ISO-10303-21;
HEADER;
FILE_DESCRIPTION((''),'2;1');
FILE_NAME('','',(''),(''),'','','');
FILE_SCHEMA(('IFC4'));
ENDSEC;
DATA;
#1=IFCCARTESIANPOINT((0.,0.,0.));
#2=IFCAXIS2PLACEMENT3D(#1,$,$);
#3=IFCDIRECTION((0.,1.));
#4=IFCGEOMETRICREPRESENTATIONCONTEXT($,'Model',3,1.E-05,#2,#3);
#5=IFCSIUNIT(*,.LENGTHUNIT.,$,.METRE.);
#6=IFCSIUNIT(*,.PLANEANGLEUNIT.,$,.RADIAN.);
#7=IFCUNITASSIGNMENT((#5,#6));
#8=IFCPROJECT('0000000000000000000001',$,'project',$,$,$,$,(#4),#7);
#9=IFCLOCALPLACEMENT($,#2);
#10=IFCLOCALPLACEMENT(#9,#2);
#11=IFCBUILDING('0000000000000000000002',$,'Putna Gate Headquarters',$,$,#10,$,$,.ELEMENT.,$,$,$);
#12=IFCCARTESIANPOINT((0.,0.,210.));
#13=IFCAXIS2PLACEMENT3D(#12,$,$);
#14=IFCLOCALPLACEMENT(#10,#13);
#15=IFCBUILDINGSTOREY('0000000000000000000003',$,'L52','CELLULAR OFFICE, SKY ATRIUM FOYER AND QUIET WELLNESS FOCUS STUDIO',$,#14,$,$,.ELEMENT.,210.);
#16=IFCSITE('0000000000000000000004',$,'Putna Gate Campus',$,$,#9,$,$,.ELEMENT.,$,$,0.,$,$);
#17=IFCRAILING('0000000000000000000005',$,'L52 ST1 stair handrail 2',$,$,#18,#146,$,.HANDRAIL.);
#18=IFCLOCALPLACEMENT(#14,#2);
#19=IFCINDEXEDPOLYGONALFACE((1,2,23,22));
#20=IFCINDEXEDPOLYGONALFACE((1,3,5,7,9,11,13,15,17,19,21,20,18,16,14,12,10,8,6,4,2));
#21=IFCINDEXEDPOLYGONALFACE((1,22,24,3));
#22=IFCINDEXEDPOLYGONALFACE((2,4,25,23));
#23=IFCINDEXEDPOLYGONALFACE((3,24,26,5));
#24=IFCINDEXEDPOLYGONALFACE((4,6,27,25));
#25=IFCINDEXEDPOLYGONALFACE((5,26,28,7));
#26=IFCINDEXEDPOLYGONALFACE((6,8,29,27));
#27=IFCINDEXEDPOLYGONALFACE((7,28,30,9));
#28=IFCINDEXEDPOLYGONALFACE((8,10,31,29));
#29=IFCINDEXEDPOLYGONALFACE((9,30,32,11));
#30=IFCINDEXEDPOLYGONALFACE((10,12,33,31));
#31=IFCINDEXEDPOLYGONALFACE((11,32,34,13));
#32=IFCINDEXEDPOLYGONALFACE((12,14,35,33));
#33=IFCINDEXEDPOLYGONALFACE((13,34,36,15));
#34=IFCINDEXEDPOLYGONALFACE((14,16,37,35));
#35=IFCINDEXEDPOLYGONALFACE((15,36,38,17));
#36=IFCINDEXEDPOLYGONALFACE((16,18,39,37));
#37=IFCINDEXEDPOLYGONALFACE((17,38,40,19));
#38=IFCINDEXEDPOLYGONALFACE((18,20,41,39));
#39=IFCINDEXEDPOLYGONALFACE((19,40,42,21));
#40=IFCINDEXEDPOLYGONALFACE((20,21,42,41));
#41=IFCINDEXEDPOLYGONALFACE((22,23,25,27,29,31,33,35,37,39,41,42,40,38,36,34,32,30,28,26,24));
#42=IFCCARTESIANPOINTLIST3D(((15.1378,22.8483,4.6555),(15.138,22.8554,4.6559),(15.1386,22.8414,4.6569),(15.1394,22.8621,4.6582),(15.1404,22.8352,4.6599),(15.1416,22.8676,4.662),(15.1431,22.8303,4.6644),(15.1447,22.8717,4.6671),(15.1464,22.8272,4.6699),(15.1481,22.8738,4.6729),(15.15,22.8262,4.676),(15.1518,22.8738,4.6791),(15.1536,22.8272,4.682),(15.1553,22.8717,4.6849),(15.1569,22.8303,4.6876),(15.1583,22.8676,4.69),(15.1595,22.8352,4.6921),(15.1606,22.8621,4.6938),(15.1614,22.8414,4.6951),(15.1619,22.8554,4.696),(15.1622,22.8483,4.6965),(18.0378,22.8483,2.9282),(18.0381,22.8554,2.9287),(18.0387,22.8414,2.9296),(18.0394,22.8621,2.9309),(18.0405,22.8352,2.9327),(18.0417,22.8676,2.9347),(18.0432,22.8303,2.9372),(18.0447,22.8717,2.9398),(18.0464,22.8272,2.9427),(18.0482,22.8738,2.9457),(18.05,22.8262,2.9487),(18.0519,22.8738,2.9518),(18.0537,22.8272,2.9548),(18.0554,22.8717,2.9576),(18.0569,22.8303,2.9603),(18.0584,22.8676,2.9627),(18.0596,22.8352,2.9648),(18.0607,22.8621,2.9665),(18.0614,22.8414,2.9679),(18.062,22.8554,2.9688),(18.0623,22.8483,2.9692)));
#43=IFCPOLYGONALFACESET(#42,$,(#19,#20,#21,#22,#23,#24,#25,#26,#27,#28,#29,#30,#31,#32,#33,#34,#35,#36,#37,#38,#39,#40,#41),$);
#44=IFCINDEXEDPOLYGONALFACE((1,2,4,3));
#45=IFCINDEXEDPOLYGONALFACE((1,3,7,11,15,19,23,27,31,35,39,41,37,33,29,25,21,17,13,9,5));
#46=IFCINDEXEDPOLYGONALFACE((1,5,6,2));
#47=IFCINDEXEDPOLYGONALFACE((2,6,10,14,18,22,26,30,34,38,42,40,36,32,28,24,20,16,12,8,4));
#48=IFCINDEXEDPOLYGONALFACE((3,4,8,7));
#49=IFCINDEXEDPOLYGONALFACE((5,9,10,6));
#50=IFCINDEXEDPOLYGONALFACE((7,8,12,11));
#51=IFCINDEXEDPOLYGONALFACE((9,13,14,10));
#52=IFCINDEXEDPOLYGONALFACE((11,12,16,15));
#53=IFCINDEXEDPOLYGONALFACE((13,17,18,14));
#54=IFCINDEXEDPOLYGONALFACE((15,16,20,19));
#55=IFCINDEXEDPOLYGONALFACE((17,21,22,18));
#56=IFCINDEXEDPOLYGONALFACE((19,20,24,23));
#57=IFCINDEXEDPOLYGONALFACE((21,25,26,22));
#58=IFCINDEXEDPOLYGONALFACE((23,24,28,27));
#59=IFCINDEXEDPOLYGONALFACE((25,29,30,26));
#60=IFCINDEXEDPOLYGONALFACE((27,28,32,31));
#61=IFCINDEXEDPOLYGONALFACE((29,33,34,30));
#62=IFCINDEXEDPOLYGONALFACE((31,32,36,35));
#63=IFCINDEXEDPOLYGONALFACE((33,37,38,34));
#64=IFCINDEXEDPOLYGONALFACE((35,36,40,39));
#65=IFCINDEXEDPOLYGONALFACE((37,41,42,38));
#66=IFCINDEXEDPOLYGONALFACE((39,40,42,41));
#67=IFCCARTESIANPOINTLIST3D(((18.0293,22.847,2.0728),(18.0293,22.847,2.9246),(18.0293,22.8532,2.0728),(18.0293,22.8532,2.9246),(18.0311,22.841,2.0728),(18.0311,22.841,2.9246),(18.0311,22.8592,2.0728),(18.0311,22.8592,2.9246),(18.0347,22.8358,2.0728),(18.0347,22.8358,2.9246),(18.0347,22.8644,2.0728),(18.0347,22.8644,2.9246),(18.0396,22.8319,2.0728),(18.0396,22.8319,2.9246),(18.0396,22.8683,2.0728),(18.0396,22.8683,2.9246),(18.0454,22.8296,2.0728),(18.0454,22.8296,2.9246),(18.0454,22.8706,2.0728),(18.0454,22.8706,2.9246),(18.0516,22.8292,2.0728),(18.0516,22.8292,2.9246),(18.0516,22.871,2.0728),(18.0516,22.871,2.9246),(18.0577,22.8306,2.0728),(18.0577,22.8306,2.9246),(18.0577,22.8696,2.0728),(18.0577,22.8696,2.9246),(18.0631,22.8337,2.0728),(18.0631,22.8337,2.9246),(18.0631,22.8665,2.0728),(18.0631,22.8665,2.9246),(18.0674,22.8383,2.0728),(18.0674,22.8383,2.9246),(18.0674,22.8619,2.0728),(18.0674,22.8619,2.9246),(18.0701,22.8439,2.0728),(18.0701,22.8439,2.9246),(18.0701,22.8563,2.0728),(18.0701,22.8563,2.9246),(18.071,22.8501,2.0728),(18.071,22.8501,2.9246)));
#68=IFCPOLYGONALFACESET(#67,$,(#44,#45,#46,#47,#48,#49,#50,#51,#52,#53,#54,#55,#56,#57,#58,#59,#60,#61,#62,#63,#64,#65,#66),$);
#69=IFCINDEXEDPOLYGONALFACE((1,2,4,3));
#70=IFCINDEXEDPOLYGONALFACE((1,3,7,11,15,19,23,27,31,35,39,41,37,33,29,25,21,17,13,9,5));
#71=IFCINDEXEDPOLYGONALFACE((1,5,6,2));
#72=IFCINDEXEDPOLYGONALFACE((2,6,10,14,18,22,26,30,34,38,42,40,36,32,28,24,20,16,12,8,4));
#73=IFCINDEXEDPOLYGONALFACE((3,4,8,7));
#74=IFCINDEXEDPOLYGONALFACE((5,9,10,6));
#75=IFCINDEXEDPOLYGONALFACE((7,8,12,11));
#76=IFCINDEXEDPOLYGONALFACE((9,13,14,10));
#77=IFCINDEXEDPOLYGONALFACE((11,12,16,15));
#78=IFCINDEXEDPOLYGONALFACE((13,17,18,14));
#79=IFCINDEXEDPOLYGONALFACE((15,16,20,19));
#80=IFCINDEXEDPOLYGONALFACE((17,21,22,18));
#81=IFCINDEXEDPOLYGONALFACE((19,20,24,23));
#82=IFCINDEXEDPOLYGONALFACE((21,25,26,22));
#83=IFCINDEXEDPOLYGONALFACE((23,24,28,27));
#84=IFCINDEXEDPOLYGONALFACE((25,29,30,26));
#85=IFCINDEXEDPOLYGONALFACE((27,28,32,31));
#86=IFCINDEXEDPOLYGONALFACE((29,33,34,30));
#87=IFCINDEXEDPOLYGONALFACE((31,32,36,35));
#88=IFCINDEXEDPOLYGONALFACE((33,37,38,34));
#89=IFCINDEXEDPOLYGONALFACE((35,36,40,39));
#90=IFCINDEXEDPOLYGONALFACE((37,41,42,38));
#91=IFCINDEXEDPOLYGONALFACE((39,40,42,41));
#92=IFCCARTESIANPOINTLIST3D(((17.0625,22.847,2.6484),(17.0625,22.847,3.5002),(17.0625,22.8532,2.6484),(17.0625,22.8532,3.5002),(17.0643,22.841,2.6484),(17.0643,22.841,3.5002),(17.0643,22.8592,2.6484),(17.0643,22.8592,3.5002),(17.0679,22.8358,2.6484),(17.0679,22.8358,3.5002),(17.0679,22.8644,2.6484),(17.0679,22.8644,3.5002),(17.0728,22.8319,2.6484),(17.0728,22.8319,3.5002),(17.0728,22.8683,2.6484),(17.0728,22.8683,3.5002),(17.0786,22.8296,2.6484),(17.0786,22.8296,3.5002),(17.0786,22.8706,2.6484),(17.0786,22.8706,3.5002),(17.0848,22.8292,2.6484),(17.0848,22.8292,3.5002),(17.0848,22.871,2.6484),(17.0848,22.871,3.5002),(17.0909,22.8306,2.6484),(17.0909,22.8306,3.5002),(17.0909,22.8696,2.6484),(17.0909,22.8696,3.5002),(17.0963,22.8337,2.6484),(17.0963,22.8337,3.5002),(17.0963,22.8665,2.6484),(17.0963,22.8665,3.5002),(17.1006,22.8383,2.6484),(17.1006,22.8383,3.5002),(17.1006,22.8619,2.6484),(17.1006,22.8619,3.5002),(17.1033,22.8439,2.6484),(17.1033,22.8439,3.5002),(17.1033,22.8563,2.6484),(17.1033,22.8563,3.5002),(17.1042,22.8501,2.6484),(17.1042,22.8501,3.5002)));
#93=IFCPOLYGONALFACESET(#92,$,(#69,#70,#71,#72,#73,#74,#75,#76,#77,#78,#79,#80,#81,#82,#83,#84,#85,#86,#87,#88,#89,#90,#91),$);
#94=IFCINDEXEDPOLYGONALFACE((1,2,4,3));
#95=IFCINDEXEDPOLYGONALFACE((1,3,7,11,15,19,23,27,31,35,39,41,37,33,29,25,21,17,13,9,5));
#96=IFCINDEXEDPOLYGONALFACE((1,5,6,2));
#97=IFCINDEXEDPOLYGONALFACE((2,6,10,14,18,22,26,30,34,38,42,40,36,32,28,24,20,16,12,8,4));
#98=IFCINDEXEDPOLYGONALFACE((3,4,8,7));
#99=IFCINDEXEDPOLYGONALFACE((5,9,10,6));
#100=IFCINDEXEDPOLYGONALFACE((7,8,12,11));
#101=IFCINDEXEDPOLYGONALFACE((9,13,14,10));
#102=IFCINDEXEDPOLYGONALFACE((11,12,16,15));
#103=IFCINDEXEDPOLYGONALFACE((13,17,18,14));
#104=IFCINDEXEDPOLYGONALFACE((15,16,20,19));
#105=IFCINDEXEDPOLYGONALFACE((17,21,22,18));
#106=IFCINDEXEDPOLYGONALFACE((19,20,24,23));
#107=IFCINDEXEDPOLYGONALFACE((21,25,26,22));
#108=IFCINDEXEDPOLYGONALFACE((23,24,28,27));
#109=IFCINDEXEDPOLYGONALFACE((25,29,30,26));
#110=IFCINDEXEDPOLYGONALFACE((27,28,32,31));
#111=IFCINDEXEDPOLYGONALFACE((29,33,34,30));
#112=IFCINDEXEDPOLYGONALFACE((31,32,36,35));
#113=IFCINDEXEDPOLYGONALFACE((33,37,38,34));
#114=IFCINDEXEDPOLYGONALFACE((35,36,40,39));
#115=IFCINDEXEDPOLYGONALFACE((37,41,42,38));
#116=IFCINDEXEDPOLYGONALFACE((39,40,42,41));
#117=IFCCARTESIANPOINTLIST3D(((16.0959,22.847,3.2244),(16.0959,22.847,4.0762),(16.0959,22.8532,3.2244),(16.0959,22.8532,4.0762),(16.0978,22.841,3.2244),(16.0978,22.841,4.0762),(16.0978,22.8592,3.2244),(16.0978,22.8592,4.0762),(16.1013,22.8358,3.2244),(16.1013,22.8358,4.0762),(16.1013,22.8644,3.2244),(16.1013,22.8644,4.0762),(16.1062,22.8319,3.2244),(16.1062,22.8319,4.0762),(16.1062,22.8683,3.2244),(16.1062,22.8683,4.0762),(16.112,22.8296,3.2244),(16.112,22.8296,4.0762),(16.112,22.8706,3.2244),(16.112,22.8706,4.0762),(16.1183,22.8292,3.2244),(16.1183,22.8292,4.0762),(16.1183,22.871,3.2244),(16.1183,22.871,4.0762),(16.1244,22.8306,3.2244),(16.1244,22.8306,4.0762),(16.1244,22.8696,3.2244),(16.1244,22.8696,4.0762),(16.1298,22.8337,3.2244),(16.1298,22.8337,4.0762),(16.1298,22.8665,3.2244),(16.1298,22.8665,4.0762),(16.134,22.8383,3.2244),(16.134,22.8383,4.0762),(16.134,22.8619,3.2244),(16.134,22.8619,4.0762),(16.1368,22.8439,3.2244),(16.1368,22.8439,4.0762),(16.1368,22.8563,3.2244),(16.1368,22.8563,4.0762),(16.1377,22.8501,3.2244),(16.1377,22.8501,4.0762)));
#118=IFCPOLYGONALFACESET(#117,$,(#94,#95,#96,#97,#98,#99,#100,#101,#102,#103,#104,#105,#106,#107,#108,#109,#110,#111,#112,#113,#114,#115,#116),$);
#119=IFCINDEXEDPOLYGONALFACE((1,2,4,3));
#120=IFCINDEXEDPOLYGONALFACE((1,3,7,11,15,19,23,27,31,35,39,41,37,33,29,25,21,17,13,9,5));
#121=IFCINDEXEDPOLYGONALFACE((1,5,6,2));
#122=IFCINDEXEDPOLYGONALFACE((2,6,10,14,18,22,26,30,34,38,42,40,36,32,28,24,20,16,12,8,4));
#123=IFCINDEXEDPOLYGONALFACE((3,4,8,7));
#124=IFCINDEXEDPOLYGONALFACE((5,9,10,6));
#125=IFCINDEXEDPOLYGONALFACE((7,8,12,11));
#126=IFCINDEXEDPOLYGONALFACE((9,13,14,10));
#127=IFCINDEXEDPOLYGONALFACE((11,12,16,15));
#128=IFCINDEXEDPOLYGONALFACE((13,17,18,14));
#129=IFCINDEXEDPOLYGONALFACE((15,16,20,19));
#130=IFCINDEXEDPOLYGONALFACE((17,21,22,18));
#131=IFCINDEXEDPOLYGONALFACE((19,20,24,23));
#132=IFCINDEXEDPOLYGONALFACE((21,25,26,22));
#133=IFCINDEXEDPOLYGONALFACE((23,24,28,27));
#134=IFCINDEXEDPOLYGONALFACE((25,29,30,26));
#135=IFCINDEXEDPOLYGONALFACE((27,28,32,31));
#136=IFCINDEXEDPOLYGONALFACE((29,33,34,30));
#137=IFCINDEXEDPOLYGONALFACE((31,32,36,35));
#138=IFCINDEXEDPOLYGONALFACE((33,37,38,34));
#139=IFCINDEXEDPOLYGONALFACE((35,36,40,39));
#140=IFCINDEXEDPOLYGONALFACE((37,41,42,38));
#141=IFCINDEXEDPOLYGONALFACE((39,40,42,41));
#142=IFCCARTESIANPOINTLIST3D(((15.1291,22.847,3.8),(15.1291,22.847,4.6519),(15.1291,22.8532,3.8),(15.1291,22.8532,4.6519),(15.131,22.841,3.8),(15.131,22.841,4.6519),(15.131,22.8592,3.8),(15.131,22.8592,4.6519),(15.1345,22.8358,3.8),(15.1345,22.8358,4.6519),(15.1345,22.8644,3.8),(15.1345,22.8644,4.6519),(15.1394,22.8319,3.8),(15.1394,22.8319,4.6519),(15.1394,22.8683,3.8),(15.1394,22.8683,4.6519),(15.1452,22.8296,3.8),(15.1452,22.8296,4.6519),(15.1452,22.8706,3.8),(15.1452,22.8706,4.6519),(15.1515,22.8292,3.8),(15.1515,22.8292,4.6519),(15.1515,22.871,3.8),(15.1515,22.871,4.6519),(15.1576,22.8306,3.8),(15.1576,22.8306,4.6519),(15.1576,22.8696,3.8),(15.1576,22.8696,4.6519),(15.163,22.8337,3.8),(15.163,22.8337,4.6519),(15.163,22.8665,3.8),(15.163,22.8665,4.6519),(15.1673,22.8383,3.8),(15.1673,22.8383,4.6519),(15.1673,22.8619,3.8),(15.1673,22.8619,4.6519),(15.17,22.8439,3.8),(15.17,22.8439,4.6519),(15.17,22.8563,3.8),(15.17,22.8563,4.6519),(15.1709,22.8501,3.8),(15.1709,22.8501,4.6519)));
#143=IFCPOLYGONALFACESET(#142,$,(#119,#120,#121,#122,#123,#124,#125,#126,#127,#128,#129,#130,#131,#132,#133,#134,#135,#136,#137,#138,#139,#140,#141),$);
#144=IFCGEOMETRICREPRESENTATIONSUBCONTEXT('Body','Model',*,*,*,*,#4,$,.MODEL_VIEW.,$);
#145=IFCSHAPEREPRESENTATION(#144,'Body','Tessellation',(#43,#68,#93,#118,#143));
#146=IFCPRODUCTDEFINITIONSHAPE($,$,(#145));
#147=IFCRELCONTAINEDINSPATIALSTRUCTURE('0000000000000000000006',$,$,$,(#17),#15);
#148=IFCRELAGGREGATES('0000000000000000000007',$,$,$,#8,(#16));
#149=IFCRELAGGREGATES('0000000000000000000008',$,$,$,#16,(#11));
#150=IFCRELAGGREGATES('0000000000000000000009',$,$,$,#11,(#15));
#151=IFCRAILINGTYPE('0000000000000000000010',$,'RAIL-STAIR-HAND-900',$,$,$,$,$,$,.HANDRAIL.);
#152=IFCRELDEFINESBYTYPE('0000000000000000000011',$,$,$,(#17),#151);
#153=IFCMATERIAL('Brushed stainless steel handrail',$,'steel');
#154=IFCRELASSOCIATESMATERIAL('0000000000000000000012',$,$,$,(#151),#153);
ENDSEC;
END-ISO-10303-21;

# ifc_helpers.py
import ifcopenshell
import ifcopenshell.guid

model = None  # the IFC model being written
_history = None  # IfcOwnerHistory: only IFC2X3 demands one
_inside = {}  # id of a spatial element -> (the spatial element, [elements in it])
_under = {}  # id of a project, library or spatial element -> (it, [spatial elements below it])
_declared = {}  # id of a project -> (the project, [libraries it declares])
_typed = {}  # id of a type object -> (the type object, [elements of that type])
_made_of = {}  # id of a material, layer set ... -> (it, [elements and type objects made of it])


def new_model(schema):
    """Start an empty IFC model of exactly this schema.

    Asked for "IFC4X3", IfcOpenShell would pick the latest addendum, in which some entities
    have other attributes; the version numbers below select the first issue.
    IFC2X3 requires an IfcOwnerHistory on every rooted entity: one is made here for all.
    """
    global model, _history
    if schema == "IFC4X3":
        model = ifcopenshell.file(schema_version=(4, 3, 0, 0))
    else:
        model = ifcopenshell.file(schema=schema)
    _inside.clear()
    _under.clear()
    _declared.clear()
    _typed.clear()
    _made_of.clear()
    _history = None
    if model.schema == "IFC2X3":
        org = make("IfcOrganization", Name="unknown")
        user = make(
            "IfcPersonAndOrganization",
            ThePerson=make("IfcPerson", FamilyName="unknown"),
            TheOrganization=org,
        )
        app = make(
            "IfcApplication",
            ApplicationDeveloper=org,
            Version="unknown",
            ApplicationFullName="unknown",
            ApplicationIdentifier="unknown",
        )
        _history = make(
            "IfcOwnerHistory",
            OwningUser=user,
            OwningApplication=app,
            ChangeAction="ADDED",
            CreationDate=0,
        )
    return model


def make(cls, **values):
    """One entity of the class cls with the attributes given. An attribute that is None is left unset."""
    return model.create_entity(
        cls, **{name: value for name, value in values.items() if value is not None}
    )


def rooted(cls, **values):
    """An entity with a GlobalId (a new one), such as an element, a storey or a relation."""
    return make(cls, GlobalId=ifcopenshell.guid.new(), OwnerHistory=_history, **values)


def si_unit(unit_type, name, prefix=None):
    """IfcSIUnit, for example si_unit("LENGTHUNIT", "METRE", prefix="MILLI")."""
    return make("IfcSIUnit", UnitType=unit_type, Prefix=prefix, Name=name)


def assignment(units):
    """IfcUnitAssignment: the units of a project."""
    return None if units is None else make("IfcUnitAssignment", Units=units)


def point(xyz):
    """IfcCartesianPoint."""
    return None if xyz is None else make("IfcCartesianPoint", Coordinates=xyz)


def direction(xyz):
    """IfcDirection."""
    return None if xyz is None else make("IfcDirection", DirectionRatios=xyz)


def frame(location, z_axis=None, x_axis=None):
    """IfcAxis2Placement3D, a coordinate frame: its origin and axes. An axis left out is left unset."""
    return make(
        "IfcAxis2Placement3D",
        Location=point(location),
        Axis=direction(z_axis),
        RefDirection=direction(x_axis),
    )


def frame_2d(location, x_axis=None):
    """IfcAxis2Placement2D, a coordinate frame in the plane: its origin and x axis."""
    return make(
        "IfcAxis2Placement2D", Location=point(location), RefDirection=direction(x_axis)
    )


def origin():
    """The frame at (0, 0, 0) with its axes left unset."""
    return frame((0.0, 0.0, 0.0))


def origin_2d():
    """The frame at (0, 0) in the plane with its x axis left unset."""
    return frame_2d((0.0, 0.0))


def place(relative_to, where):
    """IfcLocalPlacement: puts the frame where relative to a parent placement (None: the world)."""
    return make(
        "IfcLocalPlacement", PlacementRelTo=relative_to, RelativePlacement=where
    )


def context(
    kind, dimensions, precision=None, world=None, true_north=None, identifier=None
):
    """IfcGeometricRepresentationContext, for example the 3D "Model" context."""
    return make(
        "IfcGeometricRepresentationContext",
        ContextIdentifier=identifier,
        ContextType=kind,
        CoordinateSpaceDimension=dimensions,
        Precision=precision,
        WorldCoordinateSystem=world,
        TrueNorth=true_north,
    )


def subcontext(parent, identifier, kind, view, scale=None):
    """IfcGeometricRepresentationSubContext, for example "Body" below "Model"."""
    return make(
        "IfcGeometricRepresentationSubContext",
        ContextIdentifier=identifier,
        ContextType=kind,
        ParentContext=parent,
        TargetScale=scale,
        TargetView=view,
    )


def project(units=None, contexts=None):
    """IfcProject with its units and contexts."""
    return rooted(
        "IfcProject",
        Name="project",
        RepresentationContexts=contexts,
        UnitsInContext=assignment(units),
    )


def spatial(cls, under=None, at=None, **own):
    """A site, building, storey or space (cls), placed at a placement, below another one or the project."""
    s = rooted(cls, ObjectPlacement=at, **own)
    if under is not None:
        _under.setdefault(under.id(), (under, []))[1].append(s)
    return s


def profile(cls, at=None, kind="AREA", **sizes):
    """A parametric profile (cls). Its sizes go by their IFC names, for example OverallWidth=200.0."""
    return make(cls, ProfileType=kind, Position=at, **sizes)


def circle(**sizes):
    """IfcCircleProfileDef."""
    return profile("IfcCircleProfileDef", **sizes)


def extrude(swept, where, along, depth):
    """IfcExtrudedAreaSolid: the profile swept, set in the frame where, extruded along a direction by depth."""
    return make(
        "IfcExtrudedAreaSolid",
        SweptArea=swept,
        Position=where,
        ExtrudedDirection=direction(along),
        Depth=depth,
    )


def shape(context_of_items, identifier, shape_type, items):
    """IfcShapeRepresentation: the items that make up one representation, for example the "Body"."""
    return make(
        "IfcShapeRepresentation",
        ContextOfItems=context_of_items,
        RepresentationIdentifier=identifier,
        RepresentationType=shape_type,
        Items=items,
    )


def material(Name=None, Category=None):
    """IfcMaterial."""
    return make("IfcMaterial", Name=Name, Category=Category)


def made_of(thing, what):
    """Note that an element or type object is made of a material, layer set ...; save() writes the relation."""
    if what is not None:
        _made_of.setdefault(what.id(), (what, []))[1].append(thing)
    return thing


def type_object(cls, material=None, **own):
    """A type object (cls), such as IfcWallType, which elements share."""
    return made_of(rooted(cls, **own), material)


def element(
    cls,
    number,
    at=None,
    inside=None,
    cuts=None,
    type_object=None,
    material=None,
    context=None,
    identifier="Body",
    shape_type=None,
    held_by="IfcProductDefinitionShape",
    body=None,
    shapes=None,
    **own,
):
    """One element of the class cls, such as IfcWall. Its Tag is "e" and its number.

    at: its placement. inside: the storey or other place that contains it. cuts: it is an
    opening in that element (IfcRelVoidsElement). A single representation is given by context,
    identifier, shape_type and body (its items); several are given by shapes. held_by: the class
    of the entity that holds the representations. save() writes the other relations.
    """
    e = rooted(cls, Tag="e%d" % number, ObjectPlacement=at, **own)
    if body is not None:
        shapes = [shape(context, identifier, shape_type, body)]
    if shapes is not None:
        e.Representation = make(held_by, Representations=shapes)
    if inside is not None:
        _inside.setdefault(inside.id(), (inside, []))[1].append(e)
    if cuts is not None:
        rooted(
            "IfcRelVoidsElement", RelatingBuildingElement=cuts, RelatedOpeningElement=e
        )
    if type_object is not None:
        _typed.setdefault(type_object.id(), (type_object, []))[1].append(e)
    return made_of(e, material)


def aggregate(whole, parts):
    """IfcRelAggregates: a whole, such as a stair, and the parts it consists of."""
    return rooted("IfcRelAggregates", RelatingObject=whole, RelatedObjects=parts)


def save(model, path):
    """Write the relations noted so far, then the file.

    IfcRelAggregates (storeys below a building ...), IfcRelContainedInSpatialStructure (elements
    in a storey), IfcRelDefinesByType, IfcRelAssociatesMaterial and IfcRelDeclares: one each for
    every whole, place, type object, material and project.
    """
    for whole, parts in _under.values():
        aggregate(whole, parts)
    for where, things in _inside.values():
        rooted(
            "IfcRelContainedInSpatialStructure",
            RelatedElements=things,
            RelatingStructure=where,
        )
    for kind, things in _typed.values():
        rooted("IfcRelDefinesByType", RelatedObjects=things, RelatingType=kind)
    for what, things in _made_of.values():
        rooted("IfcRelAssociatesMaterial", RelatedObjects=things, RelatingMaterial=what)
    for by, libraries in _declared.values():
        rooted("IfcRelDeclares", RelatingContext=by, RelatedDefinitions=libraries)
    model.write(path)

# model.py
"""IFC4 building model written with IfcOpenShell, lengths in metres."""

from ifc_helpers import new_model, si_unit, direction, frame, origin, origin_2d, place, context, subcontext, project, spatial, circle, extrude, material, type_object, element, save


model = new_model("IFC4")

# Units and contexts
model_context = context("Model", 3, precision=1e-05, world=origin(), true_north=direction((0.0, 1.0)))
body_context = subcontext(model_context, "Body", "Model", "MODEL_VIEW")
ifc_project = project(units=[si_unit("LENGTHUNIT", "METRE"), si_unit("PLANEANGLEUNIT", "RADIAN")], contexts=[model_context])

# Site, building, storey
site_placement = place(None, origin())
site = spatial("IfcSite", under=ifc_project, at=site_placement, Name="Putna Gate Campus", CompositionType="ELEMENT", RefElevation=0.0)
building_placement = place(site_placement, origin())
building = spatial("IfcBuilding", under=site, at=building_placement, Name="Putna Gate Headquarters", CompositionType="ELEMENT")
storey_placement = place(building_placement, frame((0.0, 0.0, 210.0)))
storey = spatial("IfcBuildingStorey", under=building, at=storey_placement, Name="L52", Description="CELLULAR OFFICE, SKY ATRIUM FOYER AND QUIET WELLNESS FOCUS STUDIO", CompositionType="ELEMENT", Elevation=210.0)

# Railing
ifc_material_1 = material(Name="Brushed stainless steel handrail", Category="steel")
railing_type_1 = type_object("IfcRailingType", Name="RAIL-STAIR-HAND-900", PredefinedType="HANDRAIL", material=ifc_material_1)
railing_1_placement = place(storey_placement, frame((18.05, 22.8501, 2.0728)))
element("IfcRailing", 1, at=railing_1_placement, inside=storey, type_object=railing_type_1, Name="L52 ST1 stair handrail 2", PredefinedType="HANDRAIL", context=body_context, shape_type="SweptSolid", body=[
    extrude(circle(Radius=0.0239, at=origin_2d()), frame((0.0, 0.0, 0.876), z_axis=(-0.85916, 0.0, 0.511706), x_axis=(0.0, -1.0, 0.0)), (0.0, 0.0, 1.0), 3.3755),
    extrude(circle(Radius=0.021, at=origin_2d()), origin(), (0.0, 0.0, 1.0), 0.8518),
    extrude(circle(Radius=0.021, at=origin_2d()), frame((-0.9668, 0.0, 0.5757)), (0.0, 0.0, 1.0), 0.8518),
    extrude(circle(Radius=0.021, at=origin_2d()), frame((-1.9333, 0.0, 1.1516)), (0.0, 0.0, 1.0), 0.8518),
    extrude(circle(Radius=0.021, at=origin_2d()), frame((-2.9001, 0.0, 1.7273)), (0.0, 0.0, 1.0), 0.8518),
])

save(model, "model.ifc")
